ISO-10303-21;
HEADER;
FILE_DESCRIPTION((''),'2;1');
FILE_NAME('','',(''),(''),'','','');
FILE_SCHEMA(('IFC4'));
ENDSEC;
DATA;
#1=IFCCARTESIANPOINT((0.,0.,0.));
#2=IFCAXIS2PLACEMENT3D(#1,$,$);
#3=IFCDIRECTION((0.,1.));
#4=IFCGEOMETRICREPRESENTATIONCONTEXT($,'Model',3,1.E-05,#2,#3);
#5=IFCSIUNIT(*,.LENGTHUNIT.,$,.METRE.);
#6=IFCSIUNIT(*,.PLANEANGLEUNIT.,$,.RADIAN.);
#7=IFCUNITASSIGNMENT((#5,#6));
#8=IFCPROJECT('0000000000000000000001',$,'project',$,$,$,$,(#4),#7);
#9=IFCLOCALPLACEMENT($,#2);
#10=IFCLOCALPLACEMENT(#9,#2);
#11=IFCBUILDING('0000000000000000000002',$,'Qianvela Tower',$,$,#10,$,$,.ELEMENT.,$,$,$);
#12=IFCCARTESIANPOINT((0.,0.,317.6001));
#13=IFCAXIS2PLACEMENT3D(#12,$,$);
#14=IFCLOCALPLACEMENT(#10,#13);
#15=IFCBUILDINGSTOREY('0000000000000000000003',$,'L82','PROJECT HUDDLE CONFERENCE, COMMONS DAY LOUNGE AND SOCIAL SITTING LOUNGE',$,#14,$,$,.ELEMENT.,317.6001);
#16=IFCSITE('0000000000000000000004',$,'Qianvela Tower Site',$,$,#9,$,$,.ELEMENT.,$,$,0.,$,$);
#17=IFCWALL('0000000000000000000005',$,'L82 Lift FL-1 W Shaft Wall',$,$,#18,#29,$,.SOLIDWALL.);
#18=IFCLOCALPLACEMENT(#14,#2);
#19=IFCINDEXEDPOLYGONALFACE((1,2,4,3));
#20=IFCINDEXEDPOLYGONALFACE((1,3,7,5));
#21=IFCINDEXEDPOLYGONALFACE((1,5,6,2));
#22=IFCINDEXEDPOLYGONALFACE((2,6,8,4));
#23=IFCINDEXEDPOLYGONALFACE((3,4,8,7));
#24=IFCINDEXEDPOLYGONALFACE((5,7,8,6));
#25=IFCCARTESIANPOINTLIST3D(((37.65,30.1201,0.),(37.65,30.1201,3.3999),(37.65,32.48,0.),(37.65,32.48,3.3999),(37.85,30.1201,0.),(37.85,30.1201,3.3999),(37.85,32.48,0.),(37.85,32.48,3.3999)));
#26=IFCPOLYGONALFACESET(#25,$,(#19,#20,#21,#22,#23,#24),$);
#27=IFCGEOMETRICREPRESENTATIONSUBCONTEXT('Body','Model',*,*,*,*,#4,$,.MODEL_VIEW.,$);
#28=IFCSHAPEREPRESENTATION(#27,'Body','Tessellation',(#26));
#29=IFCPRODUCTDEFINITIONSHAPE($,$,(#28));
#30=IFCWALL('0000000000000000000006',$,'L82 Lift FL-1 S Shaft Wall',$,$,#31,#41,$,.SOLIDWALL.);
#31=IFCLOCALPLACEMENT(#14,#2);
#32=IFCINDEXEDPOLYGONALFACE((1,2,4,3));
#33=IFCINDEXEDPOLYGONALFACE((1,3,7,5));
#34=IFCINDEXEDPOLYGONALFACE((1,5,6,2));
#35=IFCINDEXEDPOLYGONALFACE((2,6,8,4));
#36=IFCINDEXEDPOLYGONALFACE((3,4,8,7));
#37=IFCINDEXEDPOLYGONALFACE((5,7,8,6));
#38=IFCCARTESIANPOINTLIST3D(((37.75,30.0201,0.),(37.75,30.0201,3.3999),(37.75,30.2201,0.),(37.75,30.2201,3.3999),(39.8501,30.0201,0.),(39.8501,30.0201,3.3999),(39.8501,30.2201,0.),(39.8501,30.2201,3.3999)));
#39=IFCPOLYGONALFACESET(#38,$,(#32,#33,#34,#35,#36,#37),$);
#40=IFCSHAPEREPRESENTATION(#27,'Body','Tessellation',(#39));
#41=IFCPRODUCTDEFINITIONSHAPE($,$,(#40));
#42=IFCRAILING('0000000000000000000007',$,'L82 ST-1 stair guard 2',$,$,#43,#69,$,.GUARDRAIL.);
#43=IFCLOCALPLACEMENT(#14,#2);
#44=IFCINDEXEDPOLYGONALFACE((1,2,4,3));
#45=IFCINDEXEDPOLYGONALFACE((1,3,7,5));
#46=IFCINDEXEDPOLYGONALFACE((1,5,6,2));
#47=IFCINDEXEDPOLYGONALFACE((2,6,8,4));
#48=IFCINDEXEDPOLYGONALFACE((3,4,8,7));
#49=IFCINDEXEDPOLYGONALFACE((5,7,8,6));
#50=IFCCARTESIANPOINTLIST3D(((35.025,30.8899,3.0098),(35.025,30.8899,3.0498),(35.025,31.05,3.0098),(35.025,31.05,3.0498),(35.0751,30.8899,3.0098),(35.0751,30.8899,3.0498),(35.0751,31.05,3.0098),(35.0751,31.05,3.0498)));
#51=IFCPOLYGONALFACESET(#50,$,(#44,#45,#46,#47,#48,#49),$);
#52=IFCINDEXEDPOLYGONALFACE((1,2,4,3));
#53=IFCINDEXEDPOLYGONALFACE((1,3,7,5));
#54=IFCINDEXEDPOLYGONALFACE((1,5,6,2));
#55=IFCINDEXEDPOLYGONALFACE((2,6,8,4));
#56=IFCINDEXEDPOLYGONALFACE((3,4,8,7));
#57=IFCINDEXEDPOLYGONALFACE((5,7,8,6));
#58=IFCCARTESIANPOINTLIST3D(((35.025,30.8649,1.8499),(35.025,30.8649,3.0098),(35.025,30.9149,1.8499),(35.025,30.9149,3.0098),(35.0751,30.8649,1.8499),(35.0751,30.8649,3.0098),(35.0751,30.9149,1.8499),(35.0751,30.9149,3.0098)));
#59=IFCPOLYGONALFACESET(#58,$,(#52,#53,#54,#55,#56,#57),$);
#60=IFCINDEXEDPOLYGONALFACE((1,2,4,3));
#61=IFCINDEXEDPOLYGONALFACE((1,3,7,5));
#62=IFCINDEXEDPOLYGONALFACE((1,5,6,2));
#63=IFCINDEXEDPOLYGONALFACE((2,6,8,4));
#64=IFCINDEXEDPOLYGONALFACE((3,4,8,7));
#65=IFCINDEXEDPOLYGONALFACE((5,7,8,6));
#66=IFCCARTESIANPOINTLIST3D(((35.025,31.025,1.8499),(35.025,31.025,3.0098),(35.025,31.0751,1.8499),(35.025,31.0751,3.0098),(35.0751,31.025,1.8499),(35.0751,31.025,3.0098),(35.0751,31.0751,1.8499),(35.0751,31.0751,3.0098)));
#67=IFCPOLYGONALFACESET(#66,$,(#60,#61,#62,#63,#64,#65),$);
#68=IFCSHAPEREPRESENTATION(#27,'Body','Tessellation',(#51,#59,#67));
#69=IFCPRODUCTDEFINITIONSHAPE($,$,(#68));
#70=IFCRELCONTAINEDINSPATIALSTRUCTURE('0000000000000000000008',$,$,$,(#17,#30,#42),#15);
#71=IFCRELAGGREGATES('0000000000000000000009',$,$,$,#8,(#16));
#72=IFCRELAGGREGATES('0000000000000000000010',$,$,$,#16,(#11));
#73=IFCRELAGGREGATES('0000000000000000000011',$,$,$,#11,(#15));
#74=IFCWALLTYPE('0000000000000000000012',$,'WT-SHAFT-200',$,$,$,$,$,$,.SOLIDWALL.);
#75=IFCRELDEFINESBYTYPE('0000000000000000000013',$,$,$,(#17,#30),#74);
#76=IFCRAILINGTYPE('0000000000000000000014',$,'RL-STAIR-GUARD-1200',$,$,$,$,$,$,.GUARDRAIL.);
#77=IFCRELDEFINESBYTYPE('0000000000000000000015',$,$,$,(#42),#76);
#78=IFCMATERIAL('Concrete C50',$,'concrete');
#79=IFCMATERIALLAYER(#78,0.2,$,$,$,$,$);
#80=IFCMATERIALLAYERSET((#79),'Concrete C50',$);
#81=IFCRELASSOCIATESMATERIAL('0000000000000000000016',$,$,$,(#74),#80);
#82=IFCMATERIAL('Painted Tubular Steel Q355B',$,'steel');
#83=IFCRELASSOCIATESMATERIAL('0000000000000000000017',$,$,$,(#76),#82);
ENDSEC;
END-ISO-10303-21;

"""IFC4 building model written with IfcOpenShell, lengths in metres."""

from ifc_helpers import new_model, si_unit, direction, frame, frame_2d, origin, origin_2d, place, context, subcontext, project, spatial, rectangle, extrude, material, layer, layer_set, type_object, element, save


model = new_model("IFC4")

# Units and contexts
model_context = context("Model", 3, precision=1e-05, world=origin(), true_north=direction((0.0, 1.0)))
body_context = subcontext(model_context, "Body", "Model", "MODEL_VIEW")
ifc_project = project(units=[si_unit("LENGTHUNIT", "METRE"), si_unit("PLANEANGLEUNIT", "RADIAN")], contexts=[model_context])

# Site, building, storey
site_placement = place(None, origin())
site = spatial("IfcSite", under=ifc_project, at=site_placement, Name="Qianvela Tower Site", CompositionType="ELEMENT", RefElevation=0.0)
building_placement = place(site_placement, origin())
building = spatial("IfcBuilding", under=site, at=building_placement, Name="Qianvela Tower", CompositionType="ELEMENT")
storey_placement = place(building_placement, frame((0.0, 0.0, 317.6001)))
storey = spatial("IfcBuildingStorey", under=building, at=storey_placement, Name="L82", Description="PROJECT HUDDLE CONFERENCE, COMMONS DAY LOUNGE AND SOCIAL SITTING LOUNGE", CompositionType="ELEMENT", Elevation=317.6001)

# Shared definitions
ifc_material_1 = material(Name="Concrete C50", Category="concrete")
ifc_layer_1 = layer(ifc_material_1, 0.2)
ifc_layer_set_1 = layer_set([ifc_layer_1], Name="Concrete C50")
wall_type_1 = type_object("IfcWallType", Name="WT-SHAFT-200", PredefinedType="SOLIDWALL", material=ifc_layer_set_1)

# Walls
wall_1_placement = place(storey_placement, frame((37.75, 30.1201, 0.0), z_axis=(0.0, 0.0, 1.0), x_axis=(0.0, 1.0, 0.0)))
element("IfcWall", 1, at=wall_1_placement, inside=storey, type_object=wall_type_1, Name="L82 Lift FL-1 W Shaft Wall", PredefinedType="SOLIDWALL", context=body_context, shape_type="SweptSolid", body=[
    extrude(rectangle(XDim=2.3599, YDim=0.2, at=frame_2d((1.1799, 0.0))), origin(), (0.0, 0.0, 1.0), 3.3999),
])
wall_2_placement = place(storey_placement, frame((37.75, 30.1201, 0.0), z_axis=(0.0, 0.0, 1.0), x_axis=(1.0, 0.0, 0.0)))
element("IfcWall", 2, at=wall_2_placement, inside=storey, type_object=wall_type_1, Name="L82 Lift FL-1 S Shaft Wall", PredefinedType="SOLIDWALL", context=body_context, shape_type="SweptSolid", body=[
    extrude(rectangle(XDim=2.1001, YDim=0.2, at=frame_2d((1.05, 0.0))), origin(), (0.0, 0.0, 1.0), 3.3999),
])

# Railing
ifc_material_2 = material(Name="Painted Tubular Steel Q355B", Category="steel")
railing_type = type_object("IfcRailingType", Name="RL-STAIR-GUARD-1200", PredefinedType="GUARDRAIL", material=ifc_material_2)
railing_placement = place(storey_placement, frame((35.05, 30.8899, 1.8499)))
element("IfcRailing", 3, at=railing_placement, inside=storey, type_object=railing_type, Name="L82 ST-1 stair guard 2", PredefinedType="GUARDRAIL", context=body_context, shape_type="SweptSolid", body=[
    extrude(rectangle(XDim=0.05, YDim=0.04, at=origin_2d()), frame((0.0, 0.0, 1.1799), z_axis=(0.0, 1.0, 0.0), x_axis=(-1.0, 0.0, 0.0)), (0.0, 0.0, 1.0), 0.1602),
    extrude(rectangle(XDim=0.05, YDim=0.05, at=origin_2d()), origin(), (0.0, 0.0, 1.0), 1.1599),
    extrude(rectangle(XDim=0.05, YDim=0.05, at=origin_2d()), frame((0.0, 0.1602, 0.0)), (0.0, 0.0, 1.0), 1.1599),
])

save(model, "model.ifc")
